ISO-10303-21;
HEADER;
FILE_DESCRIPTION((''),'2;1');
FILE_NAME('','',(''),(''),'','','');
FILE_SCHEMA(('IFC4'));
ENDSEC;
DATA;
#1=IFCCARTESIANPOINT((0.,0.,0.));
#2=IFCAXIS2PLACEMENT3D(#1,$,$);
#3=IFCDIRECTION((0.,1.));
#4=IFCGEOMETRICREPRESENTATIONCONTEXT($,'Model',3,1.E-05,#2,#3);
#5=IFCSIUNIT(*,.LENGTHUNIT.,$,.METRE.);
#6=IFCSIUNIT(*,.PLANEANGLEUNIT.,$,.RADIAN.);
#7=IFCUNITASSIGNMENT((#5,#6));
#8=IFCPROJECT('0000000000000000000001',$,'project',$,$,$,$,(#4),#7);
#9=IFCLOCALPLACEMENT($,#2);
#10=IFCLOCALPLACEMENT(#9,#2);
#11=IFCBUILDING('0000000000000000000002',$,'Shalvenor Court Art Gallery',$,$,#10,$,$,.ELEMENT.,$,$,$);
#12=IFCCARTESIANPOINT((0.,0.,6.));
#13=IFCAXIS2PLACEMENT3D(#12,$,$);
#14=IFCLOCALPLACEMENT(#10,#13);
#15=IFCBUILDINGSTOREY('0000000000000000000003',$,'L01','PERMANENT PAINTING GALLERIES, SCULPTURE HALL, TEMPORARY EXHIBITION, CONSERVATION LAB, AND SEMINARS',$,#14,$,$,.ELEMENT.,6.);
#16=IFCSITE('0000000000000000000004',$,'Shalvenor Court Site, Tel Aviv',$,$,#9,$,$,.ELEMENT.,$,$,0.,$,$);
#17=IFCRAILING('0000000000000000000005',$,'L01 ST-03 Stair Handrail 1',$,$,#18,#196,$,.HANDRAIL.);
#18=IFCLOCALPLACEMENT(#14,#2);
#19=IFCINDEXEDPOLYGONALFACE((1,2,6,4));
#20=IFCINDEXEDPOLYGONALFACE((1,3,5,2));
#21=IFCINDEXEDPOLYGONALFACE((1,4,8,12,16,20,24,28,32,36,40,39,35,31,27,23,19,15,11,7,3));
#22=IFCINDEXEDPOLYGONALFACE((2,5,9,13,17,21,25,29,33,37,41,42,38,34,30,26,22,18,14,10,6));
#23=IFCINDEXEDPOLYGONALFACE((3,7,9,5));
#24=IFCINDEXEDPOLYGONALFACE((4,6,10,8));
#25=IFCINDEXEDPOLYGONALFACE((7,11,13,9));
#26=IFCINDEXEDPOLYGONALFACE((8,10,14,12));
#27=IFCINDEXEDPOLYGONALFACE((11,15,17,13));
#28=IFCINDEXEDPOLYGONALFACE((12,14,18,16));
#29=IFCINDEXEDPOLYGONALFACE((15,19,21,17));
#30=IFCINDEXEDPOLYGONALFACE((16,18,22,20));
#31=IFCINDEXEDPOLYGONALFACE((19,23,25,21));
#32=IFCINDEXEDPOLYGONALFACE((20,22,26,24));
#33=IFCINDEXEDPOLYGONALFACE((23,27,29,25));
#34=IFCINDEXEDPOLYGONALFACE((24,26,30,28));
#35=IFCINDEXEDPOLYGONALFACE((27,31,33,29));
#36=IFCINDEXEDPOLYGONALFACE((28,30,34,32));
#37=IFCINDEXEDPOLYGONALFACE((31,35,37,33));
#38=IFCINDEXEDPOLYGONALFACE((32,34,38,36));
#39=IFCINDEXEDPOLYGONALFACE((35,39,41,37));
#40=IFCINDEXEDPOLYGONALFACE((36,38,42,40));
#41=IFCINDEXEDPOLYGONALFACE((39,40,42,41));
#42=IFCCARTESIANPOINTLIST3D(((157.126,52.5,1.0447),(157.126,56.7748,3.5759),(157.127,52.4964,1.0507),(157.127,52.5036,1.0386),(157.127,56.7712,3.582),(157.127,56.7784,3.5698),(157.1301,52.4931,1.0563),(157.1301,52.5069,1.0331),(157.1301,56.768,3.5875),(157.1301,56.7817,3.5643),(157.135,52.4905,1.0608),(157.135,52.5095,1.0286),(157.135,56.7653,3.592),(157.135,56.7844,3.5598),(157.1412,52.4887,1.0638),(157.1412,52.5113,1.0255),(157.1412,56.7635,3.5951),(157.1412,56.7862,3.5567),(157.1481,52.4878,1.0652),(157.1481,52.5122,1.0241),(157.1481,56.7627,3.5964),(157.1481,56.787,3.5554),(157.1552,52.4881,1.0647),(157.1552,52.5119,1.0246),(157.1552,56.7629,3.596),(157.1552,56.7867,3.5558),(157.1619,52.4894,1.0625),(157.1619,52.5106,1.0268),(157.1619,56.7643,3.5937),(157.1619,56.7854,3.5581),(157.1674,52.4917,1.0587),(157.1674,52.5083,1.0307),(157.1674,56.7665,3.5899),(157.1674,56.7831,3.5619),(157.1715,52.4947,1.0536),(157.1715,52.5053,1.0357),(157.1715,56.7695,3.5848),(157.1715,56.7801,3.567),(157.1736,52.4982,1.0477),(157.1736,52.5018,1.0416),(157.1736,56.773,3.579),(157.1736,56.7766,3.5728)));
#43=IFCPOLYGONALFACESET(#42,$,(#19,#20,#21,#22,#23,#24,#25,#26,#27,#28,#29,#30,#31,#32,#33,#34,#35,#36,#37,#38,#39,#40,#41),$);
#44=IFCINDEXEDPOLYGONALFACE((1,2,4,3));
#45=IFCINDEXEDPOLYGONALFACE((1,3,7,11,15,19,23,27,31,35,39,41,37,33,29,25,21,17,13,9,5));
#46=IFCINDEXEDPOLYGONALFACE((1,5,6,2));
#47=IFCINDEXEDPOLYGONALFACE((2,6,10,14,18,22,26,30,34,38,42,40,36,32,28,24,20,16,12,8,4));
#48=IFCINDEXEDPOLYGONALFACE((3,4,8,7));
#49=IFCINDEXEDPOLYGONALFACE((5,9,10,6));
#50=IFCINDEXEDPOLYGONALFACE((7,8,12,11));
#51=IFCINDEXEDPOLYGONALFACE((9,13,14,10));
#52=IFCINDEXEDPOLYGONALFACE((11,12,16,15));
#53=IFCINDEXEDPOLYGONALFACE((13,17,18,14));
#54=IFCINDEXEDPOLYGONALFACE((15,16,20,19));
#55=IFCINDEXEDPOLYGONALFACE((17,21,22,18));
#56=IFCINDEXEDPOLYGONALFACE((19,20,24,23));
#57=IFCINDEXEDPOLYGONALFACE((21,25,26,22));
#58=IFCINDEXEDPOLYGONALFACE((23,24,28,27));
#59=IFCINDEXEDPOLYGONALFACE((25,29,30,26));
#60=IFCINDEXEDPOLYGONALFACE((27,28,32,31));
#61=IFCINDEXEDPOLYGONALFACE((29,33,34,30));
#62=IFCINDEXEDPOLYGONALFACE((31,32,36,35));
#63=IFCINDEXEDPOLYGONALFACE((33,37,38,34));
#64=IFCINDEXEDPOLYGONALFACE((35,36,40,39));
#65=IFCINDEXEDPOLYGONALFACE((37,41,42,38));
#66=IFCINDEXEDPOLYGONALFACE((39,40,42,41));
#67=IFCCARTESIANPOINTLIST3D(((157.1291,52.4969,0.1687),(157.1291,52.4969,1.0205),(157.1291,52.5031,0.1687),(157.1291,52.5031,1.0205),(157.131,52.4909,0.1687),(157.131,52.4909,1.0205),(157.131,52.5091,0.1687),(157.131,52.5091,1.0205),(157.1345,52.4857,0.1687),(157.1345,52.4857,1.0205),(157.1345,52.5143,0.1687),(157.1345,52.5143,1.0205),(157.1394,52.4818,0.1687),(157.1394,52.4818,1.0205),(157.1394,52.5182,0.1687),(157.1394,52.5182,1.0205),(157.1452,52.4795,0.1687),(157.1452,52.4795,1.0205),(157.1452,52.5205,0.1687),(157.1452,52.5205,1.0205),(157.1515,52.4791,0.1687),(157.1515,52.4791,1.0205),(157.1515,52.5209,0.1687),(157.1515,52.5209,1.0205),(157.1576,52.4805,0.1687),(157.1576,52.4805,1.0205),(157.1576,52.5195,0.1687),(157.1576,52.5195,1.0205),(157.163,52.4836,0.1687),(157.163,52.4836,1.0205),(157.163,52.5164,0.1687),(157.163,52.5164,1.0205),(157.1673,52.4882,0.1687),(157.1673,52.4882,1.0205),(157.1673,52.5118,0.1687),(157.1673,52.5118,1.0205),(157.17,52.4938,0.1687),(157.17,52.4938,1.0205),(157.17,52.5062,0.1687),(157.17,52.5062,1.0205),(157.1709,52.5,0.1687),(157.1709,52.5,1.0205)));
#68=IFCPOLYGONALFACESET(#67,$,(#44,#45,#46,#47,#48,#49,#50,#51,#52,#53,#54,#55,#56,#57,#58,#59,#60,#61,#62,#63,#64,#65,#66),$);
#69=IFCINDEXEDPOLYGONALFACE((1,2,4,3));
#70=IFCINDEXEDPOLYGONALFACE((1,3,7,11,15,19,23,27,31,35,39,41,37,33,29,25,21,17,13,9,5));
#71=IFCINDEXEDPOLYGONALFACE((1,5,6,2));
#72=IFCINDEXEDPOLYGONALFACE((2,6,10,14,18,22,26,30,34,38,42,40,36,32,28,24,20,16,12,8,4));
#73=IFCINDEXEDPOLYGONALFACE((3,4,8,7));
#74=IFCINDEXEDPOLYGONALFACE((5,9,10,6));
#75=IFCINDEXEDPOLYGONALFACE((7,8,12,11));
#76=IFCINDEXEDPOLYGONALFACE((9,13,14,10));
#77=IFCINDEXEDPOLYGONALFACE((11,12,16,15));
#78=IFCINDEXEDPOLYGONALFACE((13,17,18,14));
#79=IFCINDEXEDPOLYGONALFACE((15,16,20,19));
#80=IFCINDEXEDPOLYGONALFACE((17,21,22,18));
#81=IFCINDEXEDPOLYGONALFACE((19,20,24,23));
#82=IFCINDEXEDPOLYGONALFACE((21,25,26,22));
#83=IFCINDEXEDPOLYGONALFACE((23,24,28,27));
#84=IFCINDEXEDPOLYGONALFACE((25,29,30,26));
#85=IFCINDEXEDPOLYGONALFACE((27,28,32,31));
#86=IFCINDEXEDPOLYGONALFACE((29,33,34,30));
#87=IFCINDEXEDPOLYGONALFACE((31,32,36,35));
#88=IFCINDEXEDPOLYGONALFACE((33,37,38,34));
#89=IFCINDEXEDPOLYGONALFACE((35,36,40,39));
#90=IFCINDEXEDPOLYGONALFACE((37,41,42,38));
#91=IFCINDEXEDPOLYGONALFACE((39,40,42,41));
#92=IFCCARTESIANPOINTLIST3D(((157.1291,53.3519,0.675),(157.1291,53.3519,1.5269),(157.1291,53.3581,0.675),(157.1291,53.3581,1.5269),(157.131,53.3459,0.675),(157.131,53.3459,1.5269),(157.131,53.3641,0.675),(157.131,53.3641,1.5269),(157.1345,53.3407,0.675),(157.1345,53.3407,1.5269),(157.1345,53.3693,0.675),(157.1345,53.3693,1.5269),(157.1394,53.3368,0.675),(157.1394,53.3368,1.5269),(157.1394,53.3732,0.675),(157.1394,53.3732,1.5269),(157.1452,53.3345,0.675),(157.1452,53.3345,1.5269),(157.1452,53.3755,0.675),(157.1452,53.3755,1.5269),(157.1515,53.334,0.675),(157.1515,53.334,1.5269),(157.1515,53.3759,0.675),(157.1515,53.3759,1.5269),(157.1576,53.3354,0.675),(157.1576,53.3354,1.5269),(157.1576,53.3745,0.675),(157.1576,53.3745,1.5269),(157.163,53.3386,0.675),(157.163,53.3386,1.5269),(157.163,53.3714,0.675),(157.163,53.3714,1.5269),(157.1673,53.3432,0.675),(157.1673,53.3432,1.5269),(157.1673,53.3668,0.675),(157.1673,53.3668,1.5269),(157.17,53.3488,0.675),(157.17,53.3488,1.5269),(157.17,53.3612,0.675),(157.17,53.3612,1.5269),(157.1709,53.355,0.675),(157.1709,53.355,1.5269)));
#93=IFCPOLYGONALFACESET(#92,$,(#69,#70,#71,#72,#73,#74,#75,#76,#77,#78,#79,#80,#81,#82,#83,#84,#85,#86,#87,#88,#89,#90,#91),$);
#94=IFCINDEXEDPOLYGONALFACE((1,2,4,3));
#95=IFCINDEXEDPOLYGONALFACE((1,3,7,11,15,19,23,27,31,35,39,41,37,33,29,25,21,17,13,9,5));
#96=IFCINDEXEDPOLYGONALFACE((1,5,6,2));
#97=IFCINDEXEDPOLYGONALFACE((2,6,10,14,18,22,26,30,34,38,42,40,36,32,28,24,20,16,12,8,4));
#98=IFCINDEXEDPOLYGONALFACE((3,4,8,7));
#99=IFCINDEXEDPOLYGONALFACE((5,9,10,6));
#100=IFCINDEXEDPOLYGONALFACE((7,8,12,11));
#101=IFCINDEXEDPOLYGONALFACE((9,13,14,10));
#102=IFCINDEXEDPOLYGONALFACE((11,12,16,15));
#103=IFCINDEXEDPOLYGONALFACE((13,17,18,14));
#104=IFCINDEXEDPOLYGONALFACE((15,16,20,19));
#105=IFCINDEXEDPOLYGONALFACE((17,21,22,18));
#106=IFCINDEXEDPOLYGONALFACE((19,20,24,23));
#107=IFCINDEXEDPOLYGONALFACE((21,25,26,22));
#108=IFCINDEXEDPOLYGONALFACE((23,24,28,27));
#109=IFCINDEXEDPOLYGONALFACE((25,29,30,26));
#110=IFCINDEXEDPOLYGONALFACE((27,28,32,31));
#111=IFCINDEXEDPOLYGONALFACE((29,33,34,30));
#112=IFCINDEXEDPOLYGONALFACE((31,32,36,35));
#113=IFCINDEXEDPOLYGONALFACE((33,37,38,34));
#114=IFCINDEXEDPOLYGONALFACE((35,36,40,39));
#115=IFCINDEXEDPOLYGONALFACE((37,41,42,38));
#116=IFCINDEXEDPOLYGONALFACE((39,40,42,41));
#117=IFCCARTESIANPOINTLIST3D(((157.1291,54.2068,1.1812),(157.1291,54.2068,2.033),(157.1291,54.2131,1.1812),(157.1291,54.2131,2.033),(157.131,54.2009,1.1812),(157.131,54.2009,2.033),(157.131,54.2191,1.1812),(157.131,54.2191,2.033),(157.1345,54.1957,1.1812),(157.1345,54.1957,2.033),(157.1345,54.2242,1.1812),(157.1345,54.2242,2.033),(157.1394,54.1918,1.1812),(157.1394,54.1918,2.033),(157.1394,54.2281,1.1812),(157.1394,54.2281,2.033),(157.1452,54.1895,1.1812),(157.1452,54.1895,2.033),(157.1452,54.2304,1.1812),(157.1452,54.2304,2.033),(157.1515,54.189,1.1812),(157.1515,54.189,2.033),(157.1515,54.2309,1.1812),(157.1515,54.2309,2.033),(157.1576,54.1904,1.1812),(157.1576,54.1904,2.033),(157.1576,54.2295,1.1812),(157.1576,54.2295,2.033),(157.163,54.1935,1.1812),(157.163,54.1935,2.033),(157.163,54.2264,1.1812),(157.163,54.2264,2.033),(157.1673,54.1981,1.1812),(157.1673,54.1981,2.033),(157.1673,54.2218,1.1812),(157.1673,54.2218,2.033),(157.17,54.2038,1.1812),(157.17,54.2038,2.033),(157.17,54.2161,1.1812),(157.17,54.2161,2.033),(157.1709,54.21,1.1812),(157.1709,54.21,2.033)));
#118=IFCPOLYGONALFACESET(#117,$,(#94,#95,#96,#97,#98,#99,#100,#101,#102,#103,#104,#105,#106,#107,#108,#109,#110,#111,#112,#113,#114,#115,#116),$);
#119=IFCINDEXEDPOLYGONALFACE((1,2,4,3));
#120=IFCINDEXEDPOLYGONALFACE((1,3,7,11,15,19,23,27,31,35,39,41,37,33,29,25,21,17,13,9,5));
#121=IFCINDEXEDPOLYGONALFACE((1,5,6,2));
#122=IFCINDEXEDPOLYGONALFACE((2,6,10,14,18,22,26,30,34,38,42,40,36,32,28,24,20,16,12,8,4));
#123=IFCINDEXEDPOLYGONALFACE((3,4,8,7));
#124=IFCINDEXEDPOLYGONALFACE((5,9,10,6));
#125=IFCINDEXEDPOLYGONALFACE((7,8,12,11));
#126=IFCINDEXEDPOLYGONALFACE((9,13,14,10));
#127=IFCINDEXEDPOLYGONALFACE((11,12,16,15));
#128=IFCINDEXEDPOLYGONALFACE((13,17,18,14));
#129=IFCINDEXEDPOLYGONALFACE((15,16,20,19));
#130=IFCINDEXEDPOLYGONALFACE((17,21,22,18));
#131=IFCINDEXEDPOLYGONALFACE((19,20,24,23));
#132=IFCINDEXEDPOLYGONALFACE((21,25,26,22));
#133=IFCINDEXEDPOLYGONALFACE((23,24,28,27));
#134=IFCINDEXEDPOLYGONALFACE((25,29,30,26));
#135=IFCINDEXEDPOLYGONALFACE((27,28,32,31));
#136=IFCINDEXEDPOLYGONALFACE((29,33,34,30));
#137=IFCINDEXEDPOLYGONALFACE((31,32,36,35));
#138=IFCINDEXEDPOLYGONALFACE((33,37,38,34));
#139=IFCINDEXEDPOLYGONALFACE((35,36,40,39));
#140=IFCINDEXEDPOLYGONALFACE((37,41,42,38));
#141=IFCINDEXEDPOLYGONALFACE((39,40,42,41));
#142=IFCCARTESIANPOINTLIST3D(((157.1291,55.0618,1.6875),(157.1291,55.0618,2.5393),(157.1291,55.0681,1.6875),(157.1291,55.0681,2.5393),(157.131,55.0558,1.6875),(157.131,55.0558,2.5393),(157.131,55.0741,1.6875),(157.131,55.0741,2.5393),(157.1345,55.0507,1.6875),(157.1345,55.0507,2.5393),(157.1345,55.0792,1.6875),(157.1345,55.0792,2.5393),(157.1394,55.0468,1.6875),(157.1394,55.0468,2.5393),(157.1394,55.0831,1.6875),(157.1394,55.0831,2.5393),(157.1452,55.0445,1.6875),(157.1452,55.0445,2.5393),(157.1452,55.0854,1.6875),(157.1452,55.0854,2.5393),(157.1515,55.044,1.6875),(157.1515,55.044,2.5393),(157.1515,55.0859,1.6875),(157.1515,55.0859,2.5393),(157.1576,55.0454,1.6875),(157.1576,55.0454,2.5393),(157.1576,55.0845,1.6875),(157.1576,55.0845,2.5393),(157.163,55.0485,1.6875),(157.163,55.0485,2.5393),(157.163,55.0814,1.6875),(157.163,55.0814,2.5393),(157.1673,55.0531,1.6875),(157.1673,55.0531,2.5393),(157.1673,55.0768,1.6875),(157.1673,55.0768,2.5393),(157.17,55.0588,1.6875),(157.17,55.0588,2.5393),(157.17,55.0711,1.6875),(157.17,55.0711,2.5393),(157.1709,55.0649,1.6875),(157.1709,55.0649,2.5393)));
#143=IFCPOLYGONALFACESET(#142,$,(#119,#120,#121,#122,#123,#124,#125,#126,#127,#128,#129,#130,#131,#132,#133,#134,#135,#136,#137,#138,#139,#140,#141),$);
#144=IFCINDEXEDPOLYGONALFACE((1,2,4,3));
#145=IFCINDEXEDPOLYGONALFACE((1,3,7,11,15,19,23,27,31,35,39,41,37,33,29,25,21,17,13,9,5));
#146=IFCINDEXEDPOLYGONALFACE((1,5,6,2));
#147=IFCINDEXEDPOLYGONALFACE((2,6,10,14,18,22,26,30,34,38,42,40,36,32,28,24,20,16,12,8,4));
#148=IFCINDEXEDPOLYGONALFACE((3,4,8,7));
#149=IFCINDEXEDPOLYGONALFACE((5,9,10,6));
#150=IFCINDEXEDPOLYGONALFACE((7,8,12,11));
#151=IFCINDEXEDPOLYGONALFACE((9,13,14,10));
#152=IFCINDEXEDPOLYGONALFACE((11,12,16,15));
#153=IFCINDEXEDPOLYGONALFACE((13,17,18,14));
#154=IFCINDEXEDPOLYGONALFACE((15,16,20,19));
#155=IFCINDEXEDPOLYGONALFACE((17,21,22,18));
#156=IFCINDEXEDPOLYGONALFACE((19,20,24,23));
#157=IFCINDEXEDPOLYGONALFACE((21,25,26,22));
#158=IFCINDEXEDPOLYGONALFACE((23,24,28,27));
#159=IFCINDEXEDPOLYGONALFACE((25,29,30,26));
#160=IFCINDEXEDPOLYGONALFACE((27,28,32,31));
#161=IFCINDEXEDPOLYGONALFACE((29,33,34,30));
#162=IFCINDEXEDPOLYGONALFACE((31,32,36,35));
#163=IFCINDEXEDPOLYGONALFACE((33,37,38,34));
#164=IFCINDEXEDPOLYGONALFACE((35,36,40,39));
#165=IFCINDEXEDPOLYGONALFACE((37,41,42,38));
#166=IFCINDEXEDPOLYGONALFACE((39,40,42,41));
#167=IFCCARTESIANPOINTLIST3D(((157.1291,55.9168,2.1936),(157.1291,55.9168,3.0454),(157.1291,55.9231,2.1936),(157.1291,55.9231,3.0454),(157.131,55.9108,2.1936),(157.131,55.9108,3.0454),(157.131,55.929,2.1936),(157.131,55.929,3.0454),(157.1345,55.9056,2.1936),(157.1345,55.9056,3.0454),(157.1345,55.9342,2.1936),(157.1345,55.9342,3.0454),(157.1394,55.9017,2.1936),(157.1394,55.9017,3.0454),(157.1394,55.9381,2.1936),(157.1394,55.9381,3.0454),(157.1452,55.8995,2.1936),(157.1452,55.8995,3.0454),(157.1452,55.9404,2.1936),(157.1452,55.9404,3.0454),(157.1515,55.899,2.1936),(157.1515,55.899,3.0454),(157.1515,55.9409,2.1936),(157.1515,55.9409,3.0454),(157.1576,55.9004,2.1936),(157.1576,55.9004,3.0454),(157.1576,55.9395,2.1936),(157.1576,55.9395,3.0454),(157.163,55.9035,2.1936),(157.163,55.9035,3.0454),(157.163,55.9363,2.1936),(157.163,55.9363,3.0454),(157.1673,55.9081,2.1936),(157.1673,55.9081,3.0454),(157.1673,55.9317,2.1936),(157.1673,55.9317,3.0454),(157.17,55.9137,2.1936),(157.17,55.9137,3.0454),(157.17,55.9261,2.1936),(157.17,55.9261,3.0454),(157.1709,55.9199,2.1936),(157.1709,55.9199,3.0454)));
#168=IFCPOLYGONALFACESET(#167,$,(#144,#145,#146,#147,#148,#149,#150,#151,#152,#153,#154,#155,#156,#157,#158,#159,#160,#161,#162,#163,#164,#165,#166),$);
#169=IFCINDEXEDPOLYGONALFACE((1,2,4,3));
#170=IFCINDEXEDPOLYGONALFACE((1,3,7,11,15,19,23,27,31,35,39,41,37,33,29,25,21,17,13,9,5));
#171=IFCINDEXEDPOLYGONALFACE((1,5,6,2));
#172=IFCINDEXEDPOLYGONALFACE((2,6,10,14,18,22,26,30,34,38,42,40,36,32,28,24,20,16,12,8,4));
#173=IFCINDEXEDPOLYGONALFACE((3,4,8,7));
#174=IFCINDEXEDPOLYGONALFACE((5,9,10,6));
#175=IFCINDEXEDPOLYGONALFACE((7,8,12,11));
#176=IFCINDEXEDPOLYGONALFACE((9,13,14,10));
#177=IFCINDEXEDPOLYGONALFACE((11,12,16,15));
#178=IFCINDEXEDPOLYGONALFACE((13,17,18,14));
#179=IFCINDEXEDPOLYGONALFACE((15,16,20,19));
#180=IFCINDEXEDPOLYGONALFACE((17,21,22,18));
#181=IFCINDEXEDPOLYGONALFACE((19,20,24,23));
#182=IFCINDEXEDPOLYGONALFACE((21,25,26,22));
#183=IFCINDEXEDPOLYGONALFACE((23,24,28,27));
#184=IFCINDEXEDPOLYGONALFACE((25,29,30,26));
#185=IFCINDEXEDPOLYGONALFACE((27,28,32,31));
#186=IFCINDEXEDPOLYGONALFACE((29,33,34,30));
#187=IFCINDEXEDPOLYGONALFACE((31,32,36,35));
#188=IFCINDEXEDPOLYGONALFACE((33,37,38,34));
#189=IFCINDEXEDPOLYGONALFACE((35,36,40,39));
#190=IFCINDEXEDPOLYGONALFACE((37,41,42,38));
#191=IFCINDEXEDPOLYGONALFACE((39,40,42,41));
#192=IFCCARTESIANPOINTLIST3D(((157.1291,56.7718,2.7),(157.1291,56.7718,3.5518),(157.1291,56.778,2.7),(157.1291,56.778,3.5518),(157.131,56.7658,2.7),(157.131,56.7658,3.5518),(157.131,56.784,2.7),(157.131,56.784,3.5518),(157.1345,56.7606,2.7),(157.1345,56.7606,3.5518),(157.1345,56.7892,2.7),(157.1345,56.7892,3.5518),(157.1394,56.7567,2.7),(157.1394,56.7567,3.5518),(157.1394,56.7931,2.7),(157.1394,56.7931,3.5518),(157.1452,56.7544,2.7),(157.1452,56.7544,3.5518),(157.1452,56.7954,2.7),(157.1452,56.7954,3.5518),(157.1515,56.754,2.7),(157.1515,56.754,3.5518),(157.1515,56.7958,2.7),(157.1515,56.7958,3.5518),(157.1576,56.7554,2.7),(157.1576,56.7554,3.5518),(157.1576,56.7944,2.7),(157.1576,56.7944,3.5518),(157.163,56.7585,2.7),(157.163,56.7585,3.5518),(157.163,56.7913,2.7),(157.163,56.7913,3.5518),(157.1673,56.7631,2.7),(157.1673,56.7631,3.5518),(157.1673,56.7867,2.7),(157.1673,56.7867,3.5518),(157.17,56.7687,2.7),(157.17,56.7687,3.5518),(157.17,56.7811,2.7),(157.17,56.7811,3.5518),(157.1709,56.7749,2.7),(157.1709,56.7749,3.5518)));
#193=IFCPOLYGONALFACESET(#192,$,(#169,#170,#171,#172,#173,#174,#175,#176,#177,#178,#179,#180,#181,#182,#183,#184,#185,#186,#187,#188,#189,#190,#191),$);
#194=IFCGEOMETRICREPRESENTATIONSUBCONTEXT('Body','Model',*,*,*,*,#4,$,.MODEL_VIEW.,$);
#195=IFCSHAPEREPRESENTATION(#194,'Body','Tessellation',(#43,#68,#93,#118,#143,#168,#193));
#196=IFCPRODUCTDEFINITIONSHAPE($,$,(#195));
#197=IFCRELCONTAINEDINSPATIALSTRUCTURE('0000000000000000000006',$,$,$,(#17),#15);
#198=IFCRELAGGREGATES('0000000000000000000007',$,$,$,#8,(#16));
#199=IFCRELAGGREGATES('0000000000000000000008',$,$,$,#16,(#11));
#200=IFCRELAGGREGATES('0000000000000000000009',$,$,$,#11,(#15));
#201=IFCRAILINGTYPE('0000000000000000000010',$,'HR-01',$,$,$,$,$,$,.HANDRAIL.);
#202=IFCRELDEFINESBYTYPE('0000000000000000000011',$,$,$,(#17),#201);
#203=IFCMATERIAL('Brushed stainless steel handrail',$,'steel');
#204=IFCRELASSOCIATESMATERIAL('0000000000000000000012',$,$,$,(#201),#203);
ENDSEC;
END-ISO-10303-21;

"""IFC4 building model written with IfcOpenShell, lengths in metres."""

from ifc_helpers import new_model, si_unit, direction, frame, origin, origin_2d, place, context, subcontext, project, spatial, circle, extrude, material, type_object, element, save


model = new_model("IFC4")

# Units and contexts
model_context = context("Model", 3, precision=1e-05, world=origin(), true_north=direction((0.0, 1.0)))
body_context = subcontext(model_context, "Body", "Model", "MODEL_VIEW")
ifc_project = project(units=[si_unit("LENGTHUNIT", "METRE"), si_unit("PLANEANGLEUNIT", "RADIAN")], contexts=[model_context])

# Site, building, storey
site_placement = place(None, origin())
site = spatial("IfcSite", under=ifc_project, at=site_placement, Name="Shalvenor Court Site, Tel Aviv", CompositionType="ELEMENT", RefElevation=0.0)
building_placement = place(site_placement, origin())
building = spatial("IfcBuilding", under=site, at=building_placement, Name="Shalvenor Court Art Gallery", CompositionType="ELEMENT")
storey_placement = place(building_placement, frame((0.0, 0.0, 6.0)))
storey = spatial("IfcBuildingStorey", under=building, at=storey_placement, Name="L01", Description="PERMANENT PAINTING GALLERIES, SCULPTURE HALL, TEMPORARY EXHIBITION, CONSERVATION LAB, AND SEMINARS", CompositionType="ELEMENT", Elevation=6.0)

# Railing
ifc_material_1 = material(Name="Brushed stainless steel handrail", Category="steel")
railing_type_1 = type_object("IfcRailingType", Name="HR-01", PredefinedType="HANDRAIL", material=ifc_material_1)
railing_1_placement = place(storey_placement, frame((157.1499, 52.5, 0.1687)))
element("IfcRailing", 1, at=railing_1_placement, inside=storey, type_object=railing_type_1, Name="L01 ST-03 Stair Handrail 1", PredefinedType="HANDRAIL", context=body_context, shape_type="SweptSolid", body=[
    extrude(circle(Radius=0.0239, at=origin_2d()), frame((0.0, 0.0, 0.876), z_axis=(0.0, 0.86047, 0.509501), x_axis=(-1.0, 0.0, 0.0)), (0.0, 0.0, 1.0), 4.968),
    extrude(circle(Radius=0.021, at=origin_2d()), origin(), (0.0, 0.0, 1.0), 0.8518),
    extrude(circle(Radius=0.021, at=origin_2d()), frame((0.0, 0.855, 0.5063)), (0.0, 0.0, 1.0), 0.8518),
    extrude(circle(Radius=0.021, at=origin_2d()), frame((0.0, 1.71, 1.0125)), (0.0, 0.0, 1.0), 0.8518),
    extrude(circle(Radius=0.021, at=origin_2d()), frame((0.0, 2.5649, 1.5188)), (0.0, 0.0, 1.0), 0.8518),
    extrude(circle(Radius=0.021, at=origin_2d()), frame((0.0, 3.4199, 2.0249)), (0.0, 0.0, 1.0), 0.8518),
    extrude(circle(Radius=0.021, at=origin_2d()), frame((0.0, 4.2749, 2.5312)), (0.0, 0.0, 1.0), 0.8518),
])

save(model, "model.ifc")
